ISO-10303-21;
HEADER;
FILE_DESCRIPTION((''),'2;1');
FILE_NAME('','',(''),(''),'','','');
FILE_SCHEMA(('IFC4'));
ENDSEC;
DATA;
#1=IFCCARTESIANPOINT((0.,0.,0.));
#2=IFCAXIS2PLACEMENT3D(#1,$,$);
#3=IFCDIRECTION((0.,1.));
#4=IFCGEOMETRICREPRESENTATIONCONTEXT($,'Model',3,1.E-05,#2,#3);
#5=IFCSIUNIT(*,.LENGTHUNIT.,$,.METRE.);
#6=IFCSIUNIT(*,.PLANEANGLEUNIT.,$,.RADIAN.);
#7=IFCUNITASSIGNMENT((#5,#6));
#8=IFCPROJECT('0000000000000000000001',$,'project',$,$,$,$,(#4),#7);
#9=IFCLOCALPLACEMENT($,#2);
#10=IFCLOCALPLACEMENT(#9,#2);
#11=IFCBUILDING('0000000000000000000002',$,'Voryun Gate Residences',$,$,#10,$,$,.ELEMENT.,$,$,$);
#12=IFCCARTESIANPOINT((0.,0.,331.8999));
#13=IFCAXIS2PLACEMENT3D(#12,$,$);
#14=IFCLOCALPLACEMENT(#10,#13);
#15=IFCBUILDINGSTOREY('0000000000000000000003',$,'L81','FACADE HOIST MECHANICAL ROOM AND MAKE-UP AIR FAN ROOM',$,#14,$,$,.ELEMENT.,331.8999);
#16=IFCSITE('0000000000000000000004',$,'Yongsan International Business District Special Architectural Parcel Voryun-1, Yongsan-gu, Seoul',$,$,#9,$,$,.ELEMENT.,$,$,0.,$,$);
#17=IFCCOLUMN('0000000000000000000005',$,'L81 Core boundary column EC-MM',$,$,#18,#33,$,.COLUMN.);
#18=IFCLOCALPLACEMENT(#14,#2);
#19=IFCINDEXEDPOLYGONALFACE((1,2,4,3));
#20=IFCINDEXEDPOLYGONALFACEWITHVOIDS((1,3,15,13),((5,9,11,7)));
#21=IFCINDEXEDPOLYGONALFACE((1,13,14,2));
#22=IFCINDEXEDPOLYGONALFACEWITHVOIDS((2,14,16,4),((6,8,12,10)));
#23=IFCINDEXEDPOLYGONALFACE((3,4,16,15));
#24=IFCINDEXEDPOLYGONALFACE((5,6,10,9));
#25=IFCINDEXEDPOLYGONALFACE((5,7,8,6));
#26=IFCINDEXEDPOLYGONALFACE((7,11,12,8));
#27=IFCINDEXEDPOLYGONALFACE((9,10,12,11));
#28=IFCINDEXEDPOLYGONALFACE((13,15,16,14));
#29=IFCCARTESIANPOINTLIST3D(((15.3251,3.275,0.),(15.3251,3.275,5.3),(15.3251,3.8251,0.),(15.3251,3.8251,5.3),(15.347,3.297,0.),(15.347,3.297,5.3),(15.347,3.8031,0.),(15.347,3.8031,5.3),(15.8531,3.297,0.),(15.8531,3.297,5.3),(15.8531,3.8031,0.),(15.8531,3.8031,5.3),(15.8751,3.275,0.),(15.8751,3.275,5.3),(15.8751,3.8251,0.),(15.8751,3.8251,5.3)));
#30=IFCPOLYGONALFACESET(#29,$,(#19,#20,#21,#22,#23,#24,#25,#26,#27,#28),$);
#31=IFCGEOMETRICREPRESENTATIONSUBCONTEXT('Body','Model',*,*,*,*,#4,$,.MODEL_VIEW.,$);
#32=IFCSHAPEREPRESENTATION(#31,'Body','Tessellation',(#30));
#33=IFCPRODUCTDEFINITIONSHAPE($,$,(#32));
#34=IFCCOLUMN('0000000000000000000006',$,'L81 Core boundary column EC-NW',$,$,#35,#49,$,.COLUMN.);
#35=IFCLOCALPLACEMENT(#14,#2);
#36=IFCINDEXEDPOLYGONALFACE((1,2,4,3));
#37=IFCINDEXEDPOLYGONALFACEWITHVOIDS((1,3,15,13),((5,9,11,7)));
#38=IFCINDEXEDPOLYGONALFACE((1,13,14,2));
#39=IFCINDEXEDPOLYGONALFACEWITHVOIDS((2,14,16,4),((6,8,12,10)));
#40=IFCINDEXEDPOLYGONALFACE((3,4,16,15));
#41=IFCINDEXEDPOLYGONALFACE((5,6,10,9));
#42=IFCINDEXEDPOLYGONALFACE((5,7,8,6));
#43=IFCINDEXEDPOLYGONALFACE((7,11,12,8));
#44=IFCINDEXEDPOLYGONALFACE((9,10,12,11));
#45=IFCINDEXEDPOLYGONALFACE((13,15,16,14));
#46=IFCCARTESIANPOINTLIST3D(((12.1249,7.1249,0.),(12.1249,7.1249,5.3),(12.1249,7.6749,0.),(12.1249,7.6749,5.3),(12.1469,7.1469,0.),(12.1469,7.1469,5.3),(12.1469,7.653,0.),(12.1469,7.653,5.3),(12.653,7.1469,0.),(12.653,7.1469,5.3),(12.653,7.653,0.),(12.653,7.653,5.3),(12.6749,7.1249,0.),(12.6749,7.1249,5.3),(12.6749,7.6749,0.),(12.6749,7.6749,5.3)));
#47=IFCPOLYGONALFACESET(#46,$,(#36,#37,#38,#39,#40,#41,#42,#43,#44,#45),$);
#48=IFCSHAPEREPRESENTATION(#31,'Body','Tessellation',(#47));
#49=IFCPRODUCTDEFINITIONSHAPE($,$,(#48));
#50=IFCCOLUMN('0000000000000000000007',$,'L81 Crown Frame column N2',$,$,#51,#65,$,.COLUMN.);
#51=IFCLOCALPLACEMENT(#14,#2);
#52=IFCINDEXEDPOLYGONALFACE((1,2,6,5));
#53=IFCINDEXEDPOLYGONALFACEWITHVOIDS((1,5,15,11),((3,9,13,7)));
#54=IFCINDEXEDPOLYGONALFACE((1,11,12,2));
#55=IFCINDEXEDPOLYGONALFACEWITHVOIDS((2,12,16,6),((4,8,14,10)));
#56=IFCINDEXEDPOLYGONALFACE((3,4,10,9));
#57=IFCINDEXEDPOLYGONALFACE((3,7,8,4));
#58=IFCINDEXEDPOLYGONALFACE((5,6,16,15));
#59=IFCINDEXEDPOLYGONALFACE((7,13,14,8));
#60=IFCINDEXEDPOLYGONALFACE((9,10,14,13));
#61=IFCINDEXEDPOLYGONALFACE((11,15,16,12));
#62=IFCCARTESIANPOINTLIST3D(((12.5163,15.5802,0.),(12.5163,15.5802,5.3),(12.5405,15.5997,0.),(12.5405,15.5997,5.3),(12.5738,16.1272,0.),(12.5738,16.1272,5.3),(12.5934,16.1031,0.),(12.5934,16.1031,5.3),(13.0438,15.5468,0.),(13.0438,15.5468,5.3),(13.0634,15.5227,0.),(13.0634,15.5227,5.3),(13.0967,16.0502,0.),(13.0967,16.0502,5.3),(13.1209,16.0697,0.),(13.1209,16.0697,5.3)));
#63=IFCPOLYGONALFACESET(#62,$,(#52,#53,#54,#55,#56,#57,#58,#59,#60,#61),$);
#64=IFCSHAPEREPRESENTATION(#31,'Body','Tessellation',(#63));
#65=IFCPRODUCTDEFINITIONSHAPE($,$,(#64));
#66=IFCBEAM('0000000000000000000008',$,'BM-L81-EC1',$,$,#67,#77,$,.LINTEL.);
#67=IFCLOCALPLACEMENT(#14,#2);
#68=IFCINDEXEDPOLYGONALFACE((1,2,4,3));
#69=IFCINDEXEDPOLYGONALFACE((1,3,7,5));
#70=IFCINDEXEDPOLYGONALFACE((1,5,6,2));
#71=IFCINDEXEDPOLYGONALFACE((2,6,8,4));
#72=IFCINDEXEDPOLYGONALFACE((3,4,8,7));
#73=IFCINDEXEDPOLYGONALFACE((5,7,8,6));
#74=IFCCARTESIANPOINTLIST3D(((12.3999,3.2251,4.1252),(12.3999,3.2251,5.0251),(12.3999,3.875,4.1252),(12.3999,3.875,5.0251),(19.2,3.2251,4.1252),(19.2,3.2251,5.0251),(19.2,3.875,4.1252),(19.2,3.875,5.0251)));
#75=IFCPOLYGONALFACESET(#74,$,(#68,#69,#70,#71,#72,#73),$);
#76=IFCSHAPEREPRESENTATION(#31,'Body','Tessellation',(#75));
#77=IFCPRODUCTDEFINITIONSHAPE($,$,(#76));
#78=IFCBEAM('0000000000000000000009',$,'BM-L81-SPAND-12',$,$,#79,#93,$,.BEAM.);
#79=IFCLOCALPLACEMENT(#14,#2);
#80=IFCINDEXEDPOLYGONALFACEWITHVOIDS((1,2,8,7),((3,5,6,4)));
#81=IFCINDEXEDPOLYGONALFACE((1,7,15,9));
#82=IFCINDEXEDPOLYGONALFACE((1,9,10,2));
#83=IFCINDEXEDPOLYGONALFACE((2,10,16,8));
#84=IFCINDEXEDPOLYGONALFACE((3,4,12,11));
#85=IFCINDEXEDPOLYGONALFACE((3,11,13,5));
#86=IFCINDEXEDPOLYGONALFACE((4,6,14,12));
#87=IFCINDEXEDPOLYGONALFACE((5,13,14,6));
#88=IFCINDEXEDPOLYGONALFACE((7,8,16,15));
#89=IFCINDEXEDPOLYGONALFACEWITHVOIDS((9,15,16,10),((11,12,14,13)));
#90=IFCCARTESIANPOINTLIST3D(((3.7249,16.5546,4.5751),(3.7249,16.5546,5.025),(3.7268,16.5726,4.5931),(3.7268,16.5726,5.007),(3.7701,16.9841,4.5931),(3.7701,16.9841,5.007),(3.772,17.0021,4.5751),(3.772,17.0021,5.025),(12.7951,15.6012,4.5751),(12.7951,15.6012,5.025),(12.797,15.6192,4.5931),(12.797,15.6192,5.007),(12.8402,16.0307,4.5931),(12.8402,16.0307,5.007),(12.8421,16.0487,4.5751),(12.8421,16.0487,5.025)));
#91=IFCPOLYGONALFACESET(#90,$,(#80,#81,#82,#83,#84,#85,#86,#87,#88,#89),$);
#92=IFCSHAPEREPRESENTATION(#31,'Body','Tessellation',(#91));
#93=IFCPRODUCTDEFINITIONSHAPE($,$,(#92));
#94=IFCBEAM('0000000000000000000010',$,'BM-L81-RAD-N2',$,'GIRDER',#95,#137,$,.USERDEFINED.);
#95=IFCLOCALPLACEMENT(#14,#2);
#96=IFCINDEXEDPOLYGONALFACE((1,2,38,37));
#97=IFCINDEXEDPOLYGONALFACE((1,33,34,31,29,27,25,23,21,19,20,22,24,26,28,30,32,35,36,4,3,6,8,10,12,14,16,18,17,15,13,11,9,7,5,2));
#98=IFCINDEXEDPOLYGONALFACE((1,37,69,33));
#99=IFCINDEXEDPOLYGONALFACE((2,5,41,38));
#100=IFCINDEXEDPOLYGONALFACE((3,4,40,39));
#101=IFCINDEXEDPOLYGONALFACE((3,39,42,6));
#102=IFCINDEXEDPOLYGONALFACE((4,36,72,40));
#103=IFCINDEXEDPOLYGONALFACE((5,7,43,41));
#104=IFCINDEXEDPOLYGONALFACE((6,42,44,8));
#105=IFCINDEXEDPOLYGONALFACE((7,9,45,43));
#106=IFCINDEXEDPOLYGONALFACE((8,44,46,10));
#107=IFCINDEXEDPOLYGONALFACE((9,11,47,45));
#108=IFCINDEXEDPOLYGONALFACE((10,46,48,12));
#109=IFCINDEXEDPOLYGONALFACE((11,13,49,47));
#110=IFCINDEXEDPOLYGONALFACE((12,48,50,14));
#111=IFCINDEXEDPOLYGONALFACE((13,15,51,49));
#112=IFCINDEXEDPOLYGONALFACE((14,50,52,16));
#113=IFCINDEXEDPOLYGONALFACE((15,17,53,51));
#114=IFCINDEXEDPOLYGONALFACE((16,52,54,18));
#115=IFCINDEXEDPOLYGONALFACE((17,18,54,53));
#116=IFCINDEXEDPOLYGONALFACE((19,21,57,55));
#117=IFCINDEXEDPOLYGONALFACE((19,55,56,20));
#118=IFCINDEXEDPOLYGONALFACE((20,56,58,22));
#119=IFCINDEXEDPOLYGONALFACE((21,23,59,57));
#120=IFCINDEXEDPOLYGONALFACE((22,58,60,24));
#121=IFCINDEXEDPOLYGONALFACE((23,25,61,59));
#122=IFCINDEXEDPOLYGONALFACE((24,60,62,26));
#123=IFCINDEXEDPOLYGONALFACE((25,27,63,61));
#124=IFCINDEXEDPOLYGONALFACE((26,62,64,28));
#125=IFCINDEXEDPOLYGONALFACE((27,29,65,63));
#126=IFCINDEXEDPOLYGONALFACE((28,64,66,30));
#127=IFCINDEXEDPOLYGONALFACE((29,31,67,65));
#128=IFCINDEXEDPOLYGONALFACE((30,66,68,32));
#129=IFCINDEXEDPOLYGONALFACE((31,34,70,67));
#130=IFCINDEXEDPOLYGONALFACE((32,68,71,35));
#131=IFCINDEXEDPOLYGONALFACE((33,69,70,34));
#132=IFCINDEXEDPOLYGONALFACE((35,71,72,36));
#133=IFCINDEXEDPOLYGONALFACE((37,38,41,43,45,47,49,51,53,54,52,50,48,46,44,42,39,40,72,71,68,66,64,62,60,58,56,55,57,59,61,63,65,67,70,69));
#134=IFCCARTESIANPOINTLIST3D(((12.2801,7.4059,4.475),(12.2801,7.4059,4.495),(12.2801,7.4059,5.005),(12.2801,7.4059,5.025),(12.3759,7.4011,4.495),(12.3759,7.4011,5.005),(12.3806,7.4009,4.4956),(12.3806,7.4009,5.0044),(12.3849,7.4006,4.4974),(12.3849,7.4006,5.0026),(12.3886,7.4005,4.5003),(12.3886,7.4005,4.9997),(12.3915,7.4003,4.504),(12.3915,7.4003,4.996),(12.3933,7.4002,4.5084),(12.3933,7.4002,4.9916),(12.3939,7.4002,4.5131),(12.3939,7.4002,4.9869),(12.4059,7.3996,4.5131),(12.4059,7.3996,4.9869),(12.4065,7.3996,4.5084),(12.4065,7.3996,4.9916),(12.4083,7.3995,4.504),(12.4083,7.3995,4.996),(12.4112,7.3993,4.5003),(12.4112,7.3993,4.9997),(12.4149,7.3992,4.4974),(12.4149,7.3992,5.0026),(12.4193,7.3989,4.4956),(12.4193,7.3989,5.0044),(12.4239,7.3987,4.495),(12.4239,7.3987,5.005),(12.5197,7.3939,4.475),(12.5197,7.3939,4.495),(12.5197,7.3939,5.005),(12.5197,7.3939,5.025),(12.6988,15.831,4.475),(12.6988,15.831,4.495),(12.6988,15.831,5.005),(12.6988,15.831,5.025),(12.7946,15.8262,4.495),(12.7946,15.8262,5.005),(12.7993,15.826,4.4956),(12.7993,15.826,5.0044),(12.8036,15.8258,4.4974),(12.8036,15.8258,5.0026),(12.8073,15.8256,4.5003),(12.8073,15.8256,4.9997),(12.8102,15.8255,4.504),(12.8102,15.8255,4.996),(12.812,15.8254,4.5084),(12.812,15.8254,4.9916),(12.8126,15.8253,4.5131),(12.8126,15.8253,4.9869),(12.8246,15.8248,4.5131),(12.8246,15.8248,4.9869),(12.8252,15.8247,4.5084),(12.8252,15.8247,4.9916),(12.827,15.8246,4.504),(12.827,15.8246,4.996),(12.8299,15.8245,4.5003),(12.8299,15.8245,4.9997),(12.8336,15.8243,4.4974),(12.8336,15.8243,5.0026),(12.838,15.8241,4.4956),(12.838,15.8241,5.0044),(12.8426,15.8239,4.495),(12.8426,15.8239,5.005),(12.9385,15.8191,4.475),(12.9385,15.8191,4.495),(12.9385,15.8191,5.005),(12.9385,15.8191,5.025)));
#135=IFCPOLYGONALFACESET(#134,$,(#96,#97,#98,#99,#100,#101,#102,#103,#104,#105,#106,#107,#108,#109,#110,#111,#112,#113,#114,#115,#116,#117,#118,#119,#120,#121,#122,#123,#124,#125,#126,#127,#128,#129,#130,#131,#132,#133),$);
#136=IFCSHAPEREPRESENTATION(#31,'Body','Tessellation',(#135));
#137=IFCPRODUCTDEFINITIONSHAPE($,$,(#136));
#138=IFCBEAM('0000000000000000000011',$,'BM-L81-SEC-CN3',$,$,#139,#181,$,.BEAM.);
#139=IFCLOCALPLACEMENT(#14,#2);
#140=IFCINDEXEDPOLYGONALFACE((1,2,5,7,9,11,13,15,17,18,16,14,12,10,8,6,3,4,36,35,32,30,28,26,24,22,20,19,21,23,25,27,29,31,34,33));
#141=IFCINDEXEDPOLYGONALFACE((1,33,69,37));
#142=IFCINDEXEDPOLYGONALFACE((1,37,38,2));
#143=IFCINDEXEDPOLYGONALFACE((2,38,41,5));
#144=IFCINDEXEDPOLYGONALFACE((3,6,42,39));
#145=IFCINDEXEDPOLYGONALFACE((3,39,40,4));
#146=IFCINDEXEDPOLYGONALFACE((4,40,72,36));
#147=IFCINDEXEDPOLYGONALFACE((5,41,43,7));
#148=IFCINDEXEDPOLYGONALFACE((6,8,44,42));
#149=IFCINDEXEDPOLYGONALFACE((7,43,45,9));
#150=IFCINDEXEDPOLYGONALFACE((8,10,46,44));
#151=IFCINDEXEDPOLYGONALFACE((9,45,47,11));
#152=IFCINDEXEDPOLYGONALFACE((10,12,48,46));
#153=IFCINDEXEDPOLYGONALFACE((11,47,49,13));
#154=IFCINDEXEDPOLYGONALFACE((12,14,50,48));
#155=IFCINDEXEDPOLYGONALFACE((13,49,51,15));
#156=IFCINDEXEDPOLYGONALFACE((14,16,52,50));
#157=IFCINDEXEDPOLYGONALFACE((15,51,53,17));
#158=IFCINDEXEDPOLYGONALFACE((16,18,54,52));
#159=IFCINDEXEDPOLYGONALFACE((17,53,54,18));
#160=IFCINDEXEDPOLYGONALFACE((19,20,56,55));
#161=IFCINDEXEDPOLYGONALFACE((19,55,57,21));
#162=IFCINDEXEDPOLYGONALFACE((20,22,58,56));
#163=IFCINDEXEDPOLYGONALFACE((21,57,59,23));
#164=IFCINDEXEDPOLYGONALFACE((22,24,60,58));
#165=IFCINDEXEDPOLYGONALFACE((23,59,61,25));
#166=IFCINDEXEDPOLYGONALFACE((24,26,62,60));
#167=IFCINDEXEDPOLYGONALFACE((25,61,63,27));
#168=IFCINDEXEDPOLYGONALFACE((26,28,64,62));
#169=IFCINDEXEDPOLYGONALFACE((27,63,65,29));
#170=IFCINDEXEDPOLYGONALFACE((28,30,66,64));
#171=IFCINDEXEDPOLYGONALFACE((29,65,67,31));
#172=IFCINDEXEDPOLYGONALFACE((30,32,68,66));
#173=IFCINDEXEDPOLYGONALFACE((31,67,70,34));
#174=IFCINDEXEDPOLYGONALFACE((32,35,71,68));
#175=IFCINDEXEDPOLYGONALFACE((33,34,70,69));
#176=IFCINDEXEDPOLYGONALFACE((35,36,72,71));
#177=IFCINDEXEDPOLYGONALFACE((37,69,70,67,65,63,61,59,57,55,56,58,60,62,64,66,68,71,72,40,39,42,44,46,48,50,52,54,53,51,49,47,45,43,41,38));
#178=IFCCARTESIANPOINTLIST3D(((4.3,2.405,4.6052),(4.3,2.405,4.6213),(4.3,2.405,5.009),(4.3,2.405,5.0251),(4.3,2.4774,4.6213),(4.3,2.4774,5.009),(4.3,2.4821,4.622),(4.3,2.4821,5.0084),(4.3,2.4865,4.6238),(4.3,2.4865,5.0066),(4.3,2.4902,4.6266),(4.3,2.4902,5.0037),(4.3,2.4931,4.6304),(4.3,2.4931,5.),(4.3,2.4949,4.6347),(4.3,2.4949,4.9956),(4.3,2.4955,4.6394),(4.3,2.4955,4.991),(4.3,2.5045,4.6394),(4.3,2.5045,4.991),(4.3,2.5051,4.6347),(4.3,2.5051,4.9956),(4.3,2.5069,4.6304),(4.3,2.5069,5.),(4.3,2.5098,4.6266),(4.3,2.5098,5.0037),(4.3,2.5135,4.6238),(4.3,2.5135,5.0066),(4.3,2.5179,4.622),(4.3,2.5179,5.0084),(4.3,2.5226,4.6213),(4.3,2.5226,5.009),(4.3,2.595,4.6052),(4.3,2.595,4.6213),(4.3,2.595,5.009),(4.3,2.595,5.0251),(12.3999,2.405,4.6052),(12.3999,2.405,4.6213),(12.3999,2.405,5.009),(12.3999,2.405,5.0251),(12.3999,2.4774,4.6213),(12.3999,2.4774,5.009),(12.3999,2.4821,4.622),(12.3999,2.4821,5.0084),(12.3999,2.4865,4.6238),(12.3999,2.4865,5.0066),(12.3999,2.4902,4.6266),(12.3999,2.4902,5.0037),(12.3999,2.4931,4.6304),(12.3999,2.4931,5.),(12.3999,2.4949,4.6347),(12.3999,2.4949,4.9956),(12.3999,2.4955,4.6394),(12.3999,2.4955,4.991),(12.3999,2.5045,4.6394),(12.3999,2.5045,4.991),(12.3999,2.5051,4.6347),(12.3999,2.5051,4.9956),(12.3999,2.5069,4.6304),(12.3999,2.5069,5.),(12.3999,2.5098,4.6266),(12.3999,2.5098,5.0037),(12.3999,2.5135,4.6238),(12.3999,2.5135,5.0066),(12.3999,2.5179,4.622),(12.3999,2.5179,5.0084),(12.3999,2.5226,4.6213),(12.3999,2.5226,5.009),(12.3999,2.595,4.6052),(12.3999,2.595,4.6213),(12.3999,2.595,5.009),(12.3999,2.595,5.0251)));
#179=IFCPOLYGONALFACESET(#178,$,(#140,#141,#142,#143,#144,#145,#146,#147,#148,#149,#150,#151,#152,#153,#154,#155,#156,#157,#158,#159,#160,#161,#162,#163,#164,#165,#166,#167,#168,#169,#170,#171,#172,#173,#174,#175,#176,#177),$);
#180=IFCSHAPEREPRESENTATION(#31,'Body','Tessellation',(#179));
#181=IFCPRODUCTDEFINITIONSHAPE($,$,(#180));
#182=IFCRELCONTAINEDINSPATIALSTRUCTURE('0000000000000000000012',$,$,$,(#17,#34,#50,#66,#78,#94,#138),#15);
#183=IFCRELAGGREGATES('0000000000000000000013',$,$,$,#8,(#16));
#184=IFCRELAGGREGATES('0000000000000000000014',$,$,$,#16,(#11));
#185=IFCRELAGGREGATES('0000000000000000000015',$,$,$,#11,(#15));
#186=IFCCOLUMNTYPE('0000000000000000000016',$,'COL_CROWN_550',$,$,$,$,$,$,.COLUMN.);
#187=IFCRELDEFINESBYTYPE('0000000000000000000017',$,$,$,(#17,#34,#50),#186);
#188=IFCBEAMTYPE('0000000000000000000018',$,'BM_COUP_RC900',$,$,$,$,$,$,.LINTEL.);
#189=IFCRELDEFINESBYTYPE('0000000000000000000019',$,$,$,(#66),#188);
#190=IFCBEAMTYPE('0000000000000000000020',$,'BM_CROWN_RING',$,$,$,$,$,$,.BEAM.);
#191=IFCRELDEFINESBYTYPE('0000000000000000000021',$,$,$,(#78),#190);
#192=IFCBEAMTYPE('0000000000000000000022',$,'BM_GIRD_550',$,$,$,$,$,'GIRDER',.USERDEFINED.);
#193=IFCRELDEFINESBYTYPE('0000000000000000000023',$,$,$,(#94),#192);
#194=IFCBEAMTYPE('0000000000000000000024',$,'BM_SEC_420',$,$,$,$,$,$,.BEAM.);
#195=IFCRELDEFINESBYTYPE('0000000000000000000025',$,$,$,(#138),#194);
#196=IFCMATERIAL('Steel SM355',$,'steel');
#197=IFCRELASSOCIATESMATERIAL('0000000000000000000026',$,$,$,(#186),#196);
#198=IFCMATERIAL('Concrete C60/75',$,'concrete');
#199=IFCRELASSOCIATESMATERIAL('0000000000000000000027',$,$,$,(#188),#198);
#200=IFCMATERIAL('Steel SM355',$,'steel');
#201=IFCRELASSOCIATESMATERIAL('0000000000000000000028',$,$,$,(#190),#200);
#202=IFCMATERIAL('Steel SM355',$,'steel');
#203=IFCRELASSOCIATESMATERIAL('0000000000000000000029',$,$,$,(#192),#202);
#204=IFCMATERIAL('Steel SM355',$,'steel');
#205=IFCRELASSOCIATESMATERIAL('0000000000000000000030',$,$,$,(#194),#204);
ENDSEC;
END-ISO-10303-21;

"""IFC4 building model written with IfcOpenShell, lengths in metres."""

from ifc_helpers import new_model, si_unit, direction, frame, origin, origin_2d, place, context, subcontext, project, spatial, rectangle, hollow_rectangle, i_section, extrude, material, material_profile, profile_set, type_object, element, save


model = new_model("IFC4")

# Units and contexts
model_context = context("Model", 3, precision=1e-05, world=origin(), true_north=direction((0.0, 1.0)))
body_context = subcontext(model_context, "Body", "Model", "MODEL_VIEW")
ifc_project = project(units=[si_unit("LENGTHUNIT", "METRE"), si_unit("PLANEANGLEUNIT", "RADIAN")], contexts=[model_context])

# Site, building, storey
site_placement = place(None, origin())
site = spatial("IfcSite", under=ifc_project, at=site_placement, Name="Yongsan International Business District Special Architectural Parcel Voryun-1, Yongsan-gu, Seoul", CompositionType="ELEMENT", RefElevation=0.0)
building_placement = place(site_placement, origin())
building = spatial("IfcBuilding", under=site, at=building_placement, Name="Voryun Gate Residences", CompositionType="ELEMENT")
storey_placement = place(building_placement, frame((0.0, 0.0, 331.8999)))
storey = spatial("IfcBuildingStorey", under=building, at=storey_placement, Name="L81", Description="FACADE HOIST MECHANICAL ROOM AND MAKE-UP AIR FAN ROOM", CompositionType="ELEMENT", Elevation=331.8999)

# Columns
ifc_material_1 = material(Name="Steel SM355", Category="steel")
ifc_material_profile_1 = material_profile(ifc_material_1, hollow_rectangle(XDim=0.55, YDim=0.55, WallThickness=0.022, at=origin_2d()), Name="BOX-550x550x22")
ifc_profile_set_1 = profile_set([ifc_material_profile_1], Name="Steel SM355")
column_type = type_object("IfcColumnType", Name="COL_CROWN_550", PredefinedType="COLUMN", material=ifc_profile_set_1)
for number, where, z_axis, x_axis, name in (
    (1, (15.6001, 3.55, 0.0), (0.0, 0.0, 1.0), (1.0, 0.0, 0.0), "L81 Core boundary column EC-MM"),
    (2, (12.3999, 7.3999, 0.0), (0.0, 0.0, 1.0), (1.0, 0.0, 0.0), "L81 Core boundary column EC-NW"),
    (3, (12.8186, 15.825, 0.0), (0.0, 0.0, 1.0), (0.994522, -0.104528, 0.0), "L81 Crown Frame column N2"),
):
    element("IfcColumn", number, at=place(storey_placement, frame(where, z_axis=z_axis, x_axis=x_axis)), inside=storey, type_object=column_type, Name=name, PredefinedType="COLUMN", context=body_context, shape_type="SweptSolid", body=[
        extrude(hollow_rectangle(XDim=0.55, YDim=0.55, WallThickness=0.022, at=origin_2d()), origin(), (0.0, 0.0, 1.0), 5.3),
    ])

# Beams
ifc_material_2 = material(Name="Concrete C60/75", Category="concrete")
ifc_material_profile_2 = material_profile(ifc_material_2, rectangle(XDim=0.6499, YDim=0.8999, at=origin_2d()), Name="RC-650x900")
ifc_profile_set_2 = profile_set([ifc_material_profile_2], Name="Concrete C60/75")
beam_type_1 = type_object("IfcBeamType", Name="BM_COUP_RC900", PredefinedType="LINTEL", material=ifc_profile_set_2)
beam_1_placement = place(storey_placement, frame((12.3999, 3.55, 4.5752), z_axis=(1.0, 0.0, 0.0), x_axis=(0.0, 1.0, 0.0)))
element("IfcBeam", 4, at=beam_1_placement, inside=storey, type_object=beam_type_1, Name="BM-L81-EC1", PredefinedType="LINTEL", context=body_context, shape_type="SweptSolid", body=[
    extrude(rectangle(XDim=0.6499, YDim=0.8999, at=origin_2d()), origin(), (0.0, 0.0, 1.0), 6.8),
])
ifc_material_3 = material(Name="Steel SM355", Category="steel")
ifc_material_profile_3 = material_profile(ifc_material_3, hollow_rectangle(XDim=0.45, YDim=0.45, WallThickness=0.0181, at=origin_2d()), Name="BOX-450x450x18")
ifc_profile_set_3 = profile_set([ifc_material_profile_3], Name="Steel SM355")
beam_type_2 = type_object("IfcBeamType", Name="BM_CROWN_RING", PredefinedType="BEAM", material=ifc_profile_set_3)
beam_2_placement = place(storey_placement, frame((12.8186, 15.825, 4.8), z_axis=(-0.994521, 0.104536, 0.0), x_axis=(-0.104536, -0.994521, 0.0)))
element("IfcBeam", 5, at=beam_2_placement, inside=storey, type_object=beam_type_2, Name="BM-L81-SPAND-12", PredefinedType="BEAM", context=body_context, shape_type="SweptSolid", body=[
    extrude(hollow_rectangle(XDim=0.45, YDim=0.45, WallThickness=0.0181, at=origin_2d()), origin(), (0.0, 0.0, 1.0), 9.1201),
])
ifc_material_4 = material(Name="Steel SM355", Category="steel")
ifc_material_profile_4 = material_profile(ifc_material_4, i_section(OverallWidth=0.24, OverallDepth=0.55, WebThickness=0.012, FlangeThickness=0.02, FilletRadius=0.0181, at=origin_2d()), Name="H-550x240x12x20")
ifc_profile_set_4 = profile_set([ifc_material_profile_4], Name="Steel SM355")
beam_type_3 = type_object("IfcBeamType", Name="BM_GIRD_550", ElementType="GIRDER", PredefinedType="USERDEFINED", material=ifc_profile_set_4)
beam_3_placement = place(storey_placement, frame((12.3999, 7.3999, 4.75), z_axis=(0.049636, 0.998767, 0.0), x_axis=(-0.998767, 0.049636, 0.0)))
element("IfcBeam", 6, at=beam_3_placement, inside=storey, type_object=beam_type_3, Name="BM-L81-RAD-N2", ObjectType="GIRDER", PredefinedType="USERDEFINED", context=body_context, shape_type="SweptSolid", body=[
    extrude(i_section(OverallWidth=0.24, OverallDepth=0.55, WebThickness=0.012, FlangeThickness=0.02, FilletRadius=0.0181, at=origin_2d()), origin(), (0.0, 0.0, 1.0), 8.4355),
])
ifc_material_5 = material(Name="Steel SM355", Category="steel")
ifc_material_profile_5 = material_profile(ifc_material_5, i_section(OverallWidth=0.1899, OverallDepth=0.4199, WebThickness=0.009, FlangeThickness=0.0161, FilletRadius=0.0181, at=origin_2d()), Name="H-420x190x9x16")
ifc_profile_set_5 = profile_set([ifc_material_profile_5], Name="Steel SM355")
beam_type_4 = type_object("IfcBeamType", Name="BM_SEC_420", PredefinedType="BEAM", material=ifc_profile_set_5)
beam_4_placement = place(storey_placement, frame((4.3, 2.5, 4.8152), z_axis=(1.0, 0.0, 0.0), x_axis=(0.0, 1.0, 0.0)))
element("IfcBeam", 7, at=beam_4_placement, inside=storey, type_object=beam_type_4, Name="BM-L81-SEC-CN3", PredefinedType="BEAM", context=body_context, shape_type="SweptSolid", body=[
    extrude(i_section(OverallWidth=0.1899, OverallDepth=0.4199, WebThickness=0.009, FlangeThickness=0.0161, FilletRadius=0.0181, at=origin_2d()), origin(), (0.0, 0.0, 1.0), 8.0999),
])

save(model, "model.ifc")
